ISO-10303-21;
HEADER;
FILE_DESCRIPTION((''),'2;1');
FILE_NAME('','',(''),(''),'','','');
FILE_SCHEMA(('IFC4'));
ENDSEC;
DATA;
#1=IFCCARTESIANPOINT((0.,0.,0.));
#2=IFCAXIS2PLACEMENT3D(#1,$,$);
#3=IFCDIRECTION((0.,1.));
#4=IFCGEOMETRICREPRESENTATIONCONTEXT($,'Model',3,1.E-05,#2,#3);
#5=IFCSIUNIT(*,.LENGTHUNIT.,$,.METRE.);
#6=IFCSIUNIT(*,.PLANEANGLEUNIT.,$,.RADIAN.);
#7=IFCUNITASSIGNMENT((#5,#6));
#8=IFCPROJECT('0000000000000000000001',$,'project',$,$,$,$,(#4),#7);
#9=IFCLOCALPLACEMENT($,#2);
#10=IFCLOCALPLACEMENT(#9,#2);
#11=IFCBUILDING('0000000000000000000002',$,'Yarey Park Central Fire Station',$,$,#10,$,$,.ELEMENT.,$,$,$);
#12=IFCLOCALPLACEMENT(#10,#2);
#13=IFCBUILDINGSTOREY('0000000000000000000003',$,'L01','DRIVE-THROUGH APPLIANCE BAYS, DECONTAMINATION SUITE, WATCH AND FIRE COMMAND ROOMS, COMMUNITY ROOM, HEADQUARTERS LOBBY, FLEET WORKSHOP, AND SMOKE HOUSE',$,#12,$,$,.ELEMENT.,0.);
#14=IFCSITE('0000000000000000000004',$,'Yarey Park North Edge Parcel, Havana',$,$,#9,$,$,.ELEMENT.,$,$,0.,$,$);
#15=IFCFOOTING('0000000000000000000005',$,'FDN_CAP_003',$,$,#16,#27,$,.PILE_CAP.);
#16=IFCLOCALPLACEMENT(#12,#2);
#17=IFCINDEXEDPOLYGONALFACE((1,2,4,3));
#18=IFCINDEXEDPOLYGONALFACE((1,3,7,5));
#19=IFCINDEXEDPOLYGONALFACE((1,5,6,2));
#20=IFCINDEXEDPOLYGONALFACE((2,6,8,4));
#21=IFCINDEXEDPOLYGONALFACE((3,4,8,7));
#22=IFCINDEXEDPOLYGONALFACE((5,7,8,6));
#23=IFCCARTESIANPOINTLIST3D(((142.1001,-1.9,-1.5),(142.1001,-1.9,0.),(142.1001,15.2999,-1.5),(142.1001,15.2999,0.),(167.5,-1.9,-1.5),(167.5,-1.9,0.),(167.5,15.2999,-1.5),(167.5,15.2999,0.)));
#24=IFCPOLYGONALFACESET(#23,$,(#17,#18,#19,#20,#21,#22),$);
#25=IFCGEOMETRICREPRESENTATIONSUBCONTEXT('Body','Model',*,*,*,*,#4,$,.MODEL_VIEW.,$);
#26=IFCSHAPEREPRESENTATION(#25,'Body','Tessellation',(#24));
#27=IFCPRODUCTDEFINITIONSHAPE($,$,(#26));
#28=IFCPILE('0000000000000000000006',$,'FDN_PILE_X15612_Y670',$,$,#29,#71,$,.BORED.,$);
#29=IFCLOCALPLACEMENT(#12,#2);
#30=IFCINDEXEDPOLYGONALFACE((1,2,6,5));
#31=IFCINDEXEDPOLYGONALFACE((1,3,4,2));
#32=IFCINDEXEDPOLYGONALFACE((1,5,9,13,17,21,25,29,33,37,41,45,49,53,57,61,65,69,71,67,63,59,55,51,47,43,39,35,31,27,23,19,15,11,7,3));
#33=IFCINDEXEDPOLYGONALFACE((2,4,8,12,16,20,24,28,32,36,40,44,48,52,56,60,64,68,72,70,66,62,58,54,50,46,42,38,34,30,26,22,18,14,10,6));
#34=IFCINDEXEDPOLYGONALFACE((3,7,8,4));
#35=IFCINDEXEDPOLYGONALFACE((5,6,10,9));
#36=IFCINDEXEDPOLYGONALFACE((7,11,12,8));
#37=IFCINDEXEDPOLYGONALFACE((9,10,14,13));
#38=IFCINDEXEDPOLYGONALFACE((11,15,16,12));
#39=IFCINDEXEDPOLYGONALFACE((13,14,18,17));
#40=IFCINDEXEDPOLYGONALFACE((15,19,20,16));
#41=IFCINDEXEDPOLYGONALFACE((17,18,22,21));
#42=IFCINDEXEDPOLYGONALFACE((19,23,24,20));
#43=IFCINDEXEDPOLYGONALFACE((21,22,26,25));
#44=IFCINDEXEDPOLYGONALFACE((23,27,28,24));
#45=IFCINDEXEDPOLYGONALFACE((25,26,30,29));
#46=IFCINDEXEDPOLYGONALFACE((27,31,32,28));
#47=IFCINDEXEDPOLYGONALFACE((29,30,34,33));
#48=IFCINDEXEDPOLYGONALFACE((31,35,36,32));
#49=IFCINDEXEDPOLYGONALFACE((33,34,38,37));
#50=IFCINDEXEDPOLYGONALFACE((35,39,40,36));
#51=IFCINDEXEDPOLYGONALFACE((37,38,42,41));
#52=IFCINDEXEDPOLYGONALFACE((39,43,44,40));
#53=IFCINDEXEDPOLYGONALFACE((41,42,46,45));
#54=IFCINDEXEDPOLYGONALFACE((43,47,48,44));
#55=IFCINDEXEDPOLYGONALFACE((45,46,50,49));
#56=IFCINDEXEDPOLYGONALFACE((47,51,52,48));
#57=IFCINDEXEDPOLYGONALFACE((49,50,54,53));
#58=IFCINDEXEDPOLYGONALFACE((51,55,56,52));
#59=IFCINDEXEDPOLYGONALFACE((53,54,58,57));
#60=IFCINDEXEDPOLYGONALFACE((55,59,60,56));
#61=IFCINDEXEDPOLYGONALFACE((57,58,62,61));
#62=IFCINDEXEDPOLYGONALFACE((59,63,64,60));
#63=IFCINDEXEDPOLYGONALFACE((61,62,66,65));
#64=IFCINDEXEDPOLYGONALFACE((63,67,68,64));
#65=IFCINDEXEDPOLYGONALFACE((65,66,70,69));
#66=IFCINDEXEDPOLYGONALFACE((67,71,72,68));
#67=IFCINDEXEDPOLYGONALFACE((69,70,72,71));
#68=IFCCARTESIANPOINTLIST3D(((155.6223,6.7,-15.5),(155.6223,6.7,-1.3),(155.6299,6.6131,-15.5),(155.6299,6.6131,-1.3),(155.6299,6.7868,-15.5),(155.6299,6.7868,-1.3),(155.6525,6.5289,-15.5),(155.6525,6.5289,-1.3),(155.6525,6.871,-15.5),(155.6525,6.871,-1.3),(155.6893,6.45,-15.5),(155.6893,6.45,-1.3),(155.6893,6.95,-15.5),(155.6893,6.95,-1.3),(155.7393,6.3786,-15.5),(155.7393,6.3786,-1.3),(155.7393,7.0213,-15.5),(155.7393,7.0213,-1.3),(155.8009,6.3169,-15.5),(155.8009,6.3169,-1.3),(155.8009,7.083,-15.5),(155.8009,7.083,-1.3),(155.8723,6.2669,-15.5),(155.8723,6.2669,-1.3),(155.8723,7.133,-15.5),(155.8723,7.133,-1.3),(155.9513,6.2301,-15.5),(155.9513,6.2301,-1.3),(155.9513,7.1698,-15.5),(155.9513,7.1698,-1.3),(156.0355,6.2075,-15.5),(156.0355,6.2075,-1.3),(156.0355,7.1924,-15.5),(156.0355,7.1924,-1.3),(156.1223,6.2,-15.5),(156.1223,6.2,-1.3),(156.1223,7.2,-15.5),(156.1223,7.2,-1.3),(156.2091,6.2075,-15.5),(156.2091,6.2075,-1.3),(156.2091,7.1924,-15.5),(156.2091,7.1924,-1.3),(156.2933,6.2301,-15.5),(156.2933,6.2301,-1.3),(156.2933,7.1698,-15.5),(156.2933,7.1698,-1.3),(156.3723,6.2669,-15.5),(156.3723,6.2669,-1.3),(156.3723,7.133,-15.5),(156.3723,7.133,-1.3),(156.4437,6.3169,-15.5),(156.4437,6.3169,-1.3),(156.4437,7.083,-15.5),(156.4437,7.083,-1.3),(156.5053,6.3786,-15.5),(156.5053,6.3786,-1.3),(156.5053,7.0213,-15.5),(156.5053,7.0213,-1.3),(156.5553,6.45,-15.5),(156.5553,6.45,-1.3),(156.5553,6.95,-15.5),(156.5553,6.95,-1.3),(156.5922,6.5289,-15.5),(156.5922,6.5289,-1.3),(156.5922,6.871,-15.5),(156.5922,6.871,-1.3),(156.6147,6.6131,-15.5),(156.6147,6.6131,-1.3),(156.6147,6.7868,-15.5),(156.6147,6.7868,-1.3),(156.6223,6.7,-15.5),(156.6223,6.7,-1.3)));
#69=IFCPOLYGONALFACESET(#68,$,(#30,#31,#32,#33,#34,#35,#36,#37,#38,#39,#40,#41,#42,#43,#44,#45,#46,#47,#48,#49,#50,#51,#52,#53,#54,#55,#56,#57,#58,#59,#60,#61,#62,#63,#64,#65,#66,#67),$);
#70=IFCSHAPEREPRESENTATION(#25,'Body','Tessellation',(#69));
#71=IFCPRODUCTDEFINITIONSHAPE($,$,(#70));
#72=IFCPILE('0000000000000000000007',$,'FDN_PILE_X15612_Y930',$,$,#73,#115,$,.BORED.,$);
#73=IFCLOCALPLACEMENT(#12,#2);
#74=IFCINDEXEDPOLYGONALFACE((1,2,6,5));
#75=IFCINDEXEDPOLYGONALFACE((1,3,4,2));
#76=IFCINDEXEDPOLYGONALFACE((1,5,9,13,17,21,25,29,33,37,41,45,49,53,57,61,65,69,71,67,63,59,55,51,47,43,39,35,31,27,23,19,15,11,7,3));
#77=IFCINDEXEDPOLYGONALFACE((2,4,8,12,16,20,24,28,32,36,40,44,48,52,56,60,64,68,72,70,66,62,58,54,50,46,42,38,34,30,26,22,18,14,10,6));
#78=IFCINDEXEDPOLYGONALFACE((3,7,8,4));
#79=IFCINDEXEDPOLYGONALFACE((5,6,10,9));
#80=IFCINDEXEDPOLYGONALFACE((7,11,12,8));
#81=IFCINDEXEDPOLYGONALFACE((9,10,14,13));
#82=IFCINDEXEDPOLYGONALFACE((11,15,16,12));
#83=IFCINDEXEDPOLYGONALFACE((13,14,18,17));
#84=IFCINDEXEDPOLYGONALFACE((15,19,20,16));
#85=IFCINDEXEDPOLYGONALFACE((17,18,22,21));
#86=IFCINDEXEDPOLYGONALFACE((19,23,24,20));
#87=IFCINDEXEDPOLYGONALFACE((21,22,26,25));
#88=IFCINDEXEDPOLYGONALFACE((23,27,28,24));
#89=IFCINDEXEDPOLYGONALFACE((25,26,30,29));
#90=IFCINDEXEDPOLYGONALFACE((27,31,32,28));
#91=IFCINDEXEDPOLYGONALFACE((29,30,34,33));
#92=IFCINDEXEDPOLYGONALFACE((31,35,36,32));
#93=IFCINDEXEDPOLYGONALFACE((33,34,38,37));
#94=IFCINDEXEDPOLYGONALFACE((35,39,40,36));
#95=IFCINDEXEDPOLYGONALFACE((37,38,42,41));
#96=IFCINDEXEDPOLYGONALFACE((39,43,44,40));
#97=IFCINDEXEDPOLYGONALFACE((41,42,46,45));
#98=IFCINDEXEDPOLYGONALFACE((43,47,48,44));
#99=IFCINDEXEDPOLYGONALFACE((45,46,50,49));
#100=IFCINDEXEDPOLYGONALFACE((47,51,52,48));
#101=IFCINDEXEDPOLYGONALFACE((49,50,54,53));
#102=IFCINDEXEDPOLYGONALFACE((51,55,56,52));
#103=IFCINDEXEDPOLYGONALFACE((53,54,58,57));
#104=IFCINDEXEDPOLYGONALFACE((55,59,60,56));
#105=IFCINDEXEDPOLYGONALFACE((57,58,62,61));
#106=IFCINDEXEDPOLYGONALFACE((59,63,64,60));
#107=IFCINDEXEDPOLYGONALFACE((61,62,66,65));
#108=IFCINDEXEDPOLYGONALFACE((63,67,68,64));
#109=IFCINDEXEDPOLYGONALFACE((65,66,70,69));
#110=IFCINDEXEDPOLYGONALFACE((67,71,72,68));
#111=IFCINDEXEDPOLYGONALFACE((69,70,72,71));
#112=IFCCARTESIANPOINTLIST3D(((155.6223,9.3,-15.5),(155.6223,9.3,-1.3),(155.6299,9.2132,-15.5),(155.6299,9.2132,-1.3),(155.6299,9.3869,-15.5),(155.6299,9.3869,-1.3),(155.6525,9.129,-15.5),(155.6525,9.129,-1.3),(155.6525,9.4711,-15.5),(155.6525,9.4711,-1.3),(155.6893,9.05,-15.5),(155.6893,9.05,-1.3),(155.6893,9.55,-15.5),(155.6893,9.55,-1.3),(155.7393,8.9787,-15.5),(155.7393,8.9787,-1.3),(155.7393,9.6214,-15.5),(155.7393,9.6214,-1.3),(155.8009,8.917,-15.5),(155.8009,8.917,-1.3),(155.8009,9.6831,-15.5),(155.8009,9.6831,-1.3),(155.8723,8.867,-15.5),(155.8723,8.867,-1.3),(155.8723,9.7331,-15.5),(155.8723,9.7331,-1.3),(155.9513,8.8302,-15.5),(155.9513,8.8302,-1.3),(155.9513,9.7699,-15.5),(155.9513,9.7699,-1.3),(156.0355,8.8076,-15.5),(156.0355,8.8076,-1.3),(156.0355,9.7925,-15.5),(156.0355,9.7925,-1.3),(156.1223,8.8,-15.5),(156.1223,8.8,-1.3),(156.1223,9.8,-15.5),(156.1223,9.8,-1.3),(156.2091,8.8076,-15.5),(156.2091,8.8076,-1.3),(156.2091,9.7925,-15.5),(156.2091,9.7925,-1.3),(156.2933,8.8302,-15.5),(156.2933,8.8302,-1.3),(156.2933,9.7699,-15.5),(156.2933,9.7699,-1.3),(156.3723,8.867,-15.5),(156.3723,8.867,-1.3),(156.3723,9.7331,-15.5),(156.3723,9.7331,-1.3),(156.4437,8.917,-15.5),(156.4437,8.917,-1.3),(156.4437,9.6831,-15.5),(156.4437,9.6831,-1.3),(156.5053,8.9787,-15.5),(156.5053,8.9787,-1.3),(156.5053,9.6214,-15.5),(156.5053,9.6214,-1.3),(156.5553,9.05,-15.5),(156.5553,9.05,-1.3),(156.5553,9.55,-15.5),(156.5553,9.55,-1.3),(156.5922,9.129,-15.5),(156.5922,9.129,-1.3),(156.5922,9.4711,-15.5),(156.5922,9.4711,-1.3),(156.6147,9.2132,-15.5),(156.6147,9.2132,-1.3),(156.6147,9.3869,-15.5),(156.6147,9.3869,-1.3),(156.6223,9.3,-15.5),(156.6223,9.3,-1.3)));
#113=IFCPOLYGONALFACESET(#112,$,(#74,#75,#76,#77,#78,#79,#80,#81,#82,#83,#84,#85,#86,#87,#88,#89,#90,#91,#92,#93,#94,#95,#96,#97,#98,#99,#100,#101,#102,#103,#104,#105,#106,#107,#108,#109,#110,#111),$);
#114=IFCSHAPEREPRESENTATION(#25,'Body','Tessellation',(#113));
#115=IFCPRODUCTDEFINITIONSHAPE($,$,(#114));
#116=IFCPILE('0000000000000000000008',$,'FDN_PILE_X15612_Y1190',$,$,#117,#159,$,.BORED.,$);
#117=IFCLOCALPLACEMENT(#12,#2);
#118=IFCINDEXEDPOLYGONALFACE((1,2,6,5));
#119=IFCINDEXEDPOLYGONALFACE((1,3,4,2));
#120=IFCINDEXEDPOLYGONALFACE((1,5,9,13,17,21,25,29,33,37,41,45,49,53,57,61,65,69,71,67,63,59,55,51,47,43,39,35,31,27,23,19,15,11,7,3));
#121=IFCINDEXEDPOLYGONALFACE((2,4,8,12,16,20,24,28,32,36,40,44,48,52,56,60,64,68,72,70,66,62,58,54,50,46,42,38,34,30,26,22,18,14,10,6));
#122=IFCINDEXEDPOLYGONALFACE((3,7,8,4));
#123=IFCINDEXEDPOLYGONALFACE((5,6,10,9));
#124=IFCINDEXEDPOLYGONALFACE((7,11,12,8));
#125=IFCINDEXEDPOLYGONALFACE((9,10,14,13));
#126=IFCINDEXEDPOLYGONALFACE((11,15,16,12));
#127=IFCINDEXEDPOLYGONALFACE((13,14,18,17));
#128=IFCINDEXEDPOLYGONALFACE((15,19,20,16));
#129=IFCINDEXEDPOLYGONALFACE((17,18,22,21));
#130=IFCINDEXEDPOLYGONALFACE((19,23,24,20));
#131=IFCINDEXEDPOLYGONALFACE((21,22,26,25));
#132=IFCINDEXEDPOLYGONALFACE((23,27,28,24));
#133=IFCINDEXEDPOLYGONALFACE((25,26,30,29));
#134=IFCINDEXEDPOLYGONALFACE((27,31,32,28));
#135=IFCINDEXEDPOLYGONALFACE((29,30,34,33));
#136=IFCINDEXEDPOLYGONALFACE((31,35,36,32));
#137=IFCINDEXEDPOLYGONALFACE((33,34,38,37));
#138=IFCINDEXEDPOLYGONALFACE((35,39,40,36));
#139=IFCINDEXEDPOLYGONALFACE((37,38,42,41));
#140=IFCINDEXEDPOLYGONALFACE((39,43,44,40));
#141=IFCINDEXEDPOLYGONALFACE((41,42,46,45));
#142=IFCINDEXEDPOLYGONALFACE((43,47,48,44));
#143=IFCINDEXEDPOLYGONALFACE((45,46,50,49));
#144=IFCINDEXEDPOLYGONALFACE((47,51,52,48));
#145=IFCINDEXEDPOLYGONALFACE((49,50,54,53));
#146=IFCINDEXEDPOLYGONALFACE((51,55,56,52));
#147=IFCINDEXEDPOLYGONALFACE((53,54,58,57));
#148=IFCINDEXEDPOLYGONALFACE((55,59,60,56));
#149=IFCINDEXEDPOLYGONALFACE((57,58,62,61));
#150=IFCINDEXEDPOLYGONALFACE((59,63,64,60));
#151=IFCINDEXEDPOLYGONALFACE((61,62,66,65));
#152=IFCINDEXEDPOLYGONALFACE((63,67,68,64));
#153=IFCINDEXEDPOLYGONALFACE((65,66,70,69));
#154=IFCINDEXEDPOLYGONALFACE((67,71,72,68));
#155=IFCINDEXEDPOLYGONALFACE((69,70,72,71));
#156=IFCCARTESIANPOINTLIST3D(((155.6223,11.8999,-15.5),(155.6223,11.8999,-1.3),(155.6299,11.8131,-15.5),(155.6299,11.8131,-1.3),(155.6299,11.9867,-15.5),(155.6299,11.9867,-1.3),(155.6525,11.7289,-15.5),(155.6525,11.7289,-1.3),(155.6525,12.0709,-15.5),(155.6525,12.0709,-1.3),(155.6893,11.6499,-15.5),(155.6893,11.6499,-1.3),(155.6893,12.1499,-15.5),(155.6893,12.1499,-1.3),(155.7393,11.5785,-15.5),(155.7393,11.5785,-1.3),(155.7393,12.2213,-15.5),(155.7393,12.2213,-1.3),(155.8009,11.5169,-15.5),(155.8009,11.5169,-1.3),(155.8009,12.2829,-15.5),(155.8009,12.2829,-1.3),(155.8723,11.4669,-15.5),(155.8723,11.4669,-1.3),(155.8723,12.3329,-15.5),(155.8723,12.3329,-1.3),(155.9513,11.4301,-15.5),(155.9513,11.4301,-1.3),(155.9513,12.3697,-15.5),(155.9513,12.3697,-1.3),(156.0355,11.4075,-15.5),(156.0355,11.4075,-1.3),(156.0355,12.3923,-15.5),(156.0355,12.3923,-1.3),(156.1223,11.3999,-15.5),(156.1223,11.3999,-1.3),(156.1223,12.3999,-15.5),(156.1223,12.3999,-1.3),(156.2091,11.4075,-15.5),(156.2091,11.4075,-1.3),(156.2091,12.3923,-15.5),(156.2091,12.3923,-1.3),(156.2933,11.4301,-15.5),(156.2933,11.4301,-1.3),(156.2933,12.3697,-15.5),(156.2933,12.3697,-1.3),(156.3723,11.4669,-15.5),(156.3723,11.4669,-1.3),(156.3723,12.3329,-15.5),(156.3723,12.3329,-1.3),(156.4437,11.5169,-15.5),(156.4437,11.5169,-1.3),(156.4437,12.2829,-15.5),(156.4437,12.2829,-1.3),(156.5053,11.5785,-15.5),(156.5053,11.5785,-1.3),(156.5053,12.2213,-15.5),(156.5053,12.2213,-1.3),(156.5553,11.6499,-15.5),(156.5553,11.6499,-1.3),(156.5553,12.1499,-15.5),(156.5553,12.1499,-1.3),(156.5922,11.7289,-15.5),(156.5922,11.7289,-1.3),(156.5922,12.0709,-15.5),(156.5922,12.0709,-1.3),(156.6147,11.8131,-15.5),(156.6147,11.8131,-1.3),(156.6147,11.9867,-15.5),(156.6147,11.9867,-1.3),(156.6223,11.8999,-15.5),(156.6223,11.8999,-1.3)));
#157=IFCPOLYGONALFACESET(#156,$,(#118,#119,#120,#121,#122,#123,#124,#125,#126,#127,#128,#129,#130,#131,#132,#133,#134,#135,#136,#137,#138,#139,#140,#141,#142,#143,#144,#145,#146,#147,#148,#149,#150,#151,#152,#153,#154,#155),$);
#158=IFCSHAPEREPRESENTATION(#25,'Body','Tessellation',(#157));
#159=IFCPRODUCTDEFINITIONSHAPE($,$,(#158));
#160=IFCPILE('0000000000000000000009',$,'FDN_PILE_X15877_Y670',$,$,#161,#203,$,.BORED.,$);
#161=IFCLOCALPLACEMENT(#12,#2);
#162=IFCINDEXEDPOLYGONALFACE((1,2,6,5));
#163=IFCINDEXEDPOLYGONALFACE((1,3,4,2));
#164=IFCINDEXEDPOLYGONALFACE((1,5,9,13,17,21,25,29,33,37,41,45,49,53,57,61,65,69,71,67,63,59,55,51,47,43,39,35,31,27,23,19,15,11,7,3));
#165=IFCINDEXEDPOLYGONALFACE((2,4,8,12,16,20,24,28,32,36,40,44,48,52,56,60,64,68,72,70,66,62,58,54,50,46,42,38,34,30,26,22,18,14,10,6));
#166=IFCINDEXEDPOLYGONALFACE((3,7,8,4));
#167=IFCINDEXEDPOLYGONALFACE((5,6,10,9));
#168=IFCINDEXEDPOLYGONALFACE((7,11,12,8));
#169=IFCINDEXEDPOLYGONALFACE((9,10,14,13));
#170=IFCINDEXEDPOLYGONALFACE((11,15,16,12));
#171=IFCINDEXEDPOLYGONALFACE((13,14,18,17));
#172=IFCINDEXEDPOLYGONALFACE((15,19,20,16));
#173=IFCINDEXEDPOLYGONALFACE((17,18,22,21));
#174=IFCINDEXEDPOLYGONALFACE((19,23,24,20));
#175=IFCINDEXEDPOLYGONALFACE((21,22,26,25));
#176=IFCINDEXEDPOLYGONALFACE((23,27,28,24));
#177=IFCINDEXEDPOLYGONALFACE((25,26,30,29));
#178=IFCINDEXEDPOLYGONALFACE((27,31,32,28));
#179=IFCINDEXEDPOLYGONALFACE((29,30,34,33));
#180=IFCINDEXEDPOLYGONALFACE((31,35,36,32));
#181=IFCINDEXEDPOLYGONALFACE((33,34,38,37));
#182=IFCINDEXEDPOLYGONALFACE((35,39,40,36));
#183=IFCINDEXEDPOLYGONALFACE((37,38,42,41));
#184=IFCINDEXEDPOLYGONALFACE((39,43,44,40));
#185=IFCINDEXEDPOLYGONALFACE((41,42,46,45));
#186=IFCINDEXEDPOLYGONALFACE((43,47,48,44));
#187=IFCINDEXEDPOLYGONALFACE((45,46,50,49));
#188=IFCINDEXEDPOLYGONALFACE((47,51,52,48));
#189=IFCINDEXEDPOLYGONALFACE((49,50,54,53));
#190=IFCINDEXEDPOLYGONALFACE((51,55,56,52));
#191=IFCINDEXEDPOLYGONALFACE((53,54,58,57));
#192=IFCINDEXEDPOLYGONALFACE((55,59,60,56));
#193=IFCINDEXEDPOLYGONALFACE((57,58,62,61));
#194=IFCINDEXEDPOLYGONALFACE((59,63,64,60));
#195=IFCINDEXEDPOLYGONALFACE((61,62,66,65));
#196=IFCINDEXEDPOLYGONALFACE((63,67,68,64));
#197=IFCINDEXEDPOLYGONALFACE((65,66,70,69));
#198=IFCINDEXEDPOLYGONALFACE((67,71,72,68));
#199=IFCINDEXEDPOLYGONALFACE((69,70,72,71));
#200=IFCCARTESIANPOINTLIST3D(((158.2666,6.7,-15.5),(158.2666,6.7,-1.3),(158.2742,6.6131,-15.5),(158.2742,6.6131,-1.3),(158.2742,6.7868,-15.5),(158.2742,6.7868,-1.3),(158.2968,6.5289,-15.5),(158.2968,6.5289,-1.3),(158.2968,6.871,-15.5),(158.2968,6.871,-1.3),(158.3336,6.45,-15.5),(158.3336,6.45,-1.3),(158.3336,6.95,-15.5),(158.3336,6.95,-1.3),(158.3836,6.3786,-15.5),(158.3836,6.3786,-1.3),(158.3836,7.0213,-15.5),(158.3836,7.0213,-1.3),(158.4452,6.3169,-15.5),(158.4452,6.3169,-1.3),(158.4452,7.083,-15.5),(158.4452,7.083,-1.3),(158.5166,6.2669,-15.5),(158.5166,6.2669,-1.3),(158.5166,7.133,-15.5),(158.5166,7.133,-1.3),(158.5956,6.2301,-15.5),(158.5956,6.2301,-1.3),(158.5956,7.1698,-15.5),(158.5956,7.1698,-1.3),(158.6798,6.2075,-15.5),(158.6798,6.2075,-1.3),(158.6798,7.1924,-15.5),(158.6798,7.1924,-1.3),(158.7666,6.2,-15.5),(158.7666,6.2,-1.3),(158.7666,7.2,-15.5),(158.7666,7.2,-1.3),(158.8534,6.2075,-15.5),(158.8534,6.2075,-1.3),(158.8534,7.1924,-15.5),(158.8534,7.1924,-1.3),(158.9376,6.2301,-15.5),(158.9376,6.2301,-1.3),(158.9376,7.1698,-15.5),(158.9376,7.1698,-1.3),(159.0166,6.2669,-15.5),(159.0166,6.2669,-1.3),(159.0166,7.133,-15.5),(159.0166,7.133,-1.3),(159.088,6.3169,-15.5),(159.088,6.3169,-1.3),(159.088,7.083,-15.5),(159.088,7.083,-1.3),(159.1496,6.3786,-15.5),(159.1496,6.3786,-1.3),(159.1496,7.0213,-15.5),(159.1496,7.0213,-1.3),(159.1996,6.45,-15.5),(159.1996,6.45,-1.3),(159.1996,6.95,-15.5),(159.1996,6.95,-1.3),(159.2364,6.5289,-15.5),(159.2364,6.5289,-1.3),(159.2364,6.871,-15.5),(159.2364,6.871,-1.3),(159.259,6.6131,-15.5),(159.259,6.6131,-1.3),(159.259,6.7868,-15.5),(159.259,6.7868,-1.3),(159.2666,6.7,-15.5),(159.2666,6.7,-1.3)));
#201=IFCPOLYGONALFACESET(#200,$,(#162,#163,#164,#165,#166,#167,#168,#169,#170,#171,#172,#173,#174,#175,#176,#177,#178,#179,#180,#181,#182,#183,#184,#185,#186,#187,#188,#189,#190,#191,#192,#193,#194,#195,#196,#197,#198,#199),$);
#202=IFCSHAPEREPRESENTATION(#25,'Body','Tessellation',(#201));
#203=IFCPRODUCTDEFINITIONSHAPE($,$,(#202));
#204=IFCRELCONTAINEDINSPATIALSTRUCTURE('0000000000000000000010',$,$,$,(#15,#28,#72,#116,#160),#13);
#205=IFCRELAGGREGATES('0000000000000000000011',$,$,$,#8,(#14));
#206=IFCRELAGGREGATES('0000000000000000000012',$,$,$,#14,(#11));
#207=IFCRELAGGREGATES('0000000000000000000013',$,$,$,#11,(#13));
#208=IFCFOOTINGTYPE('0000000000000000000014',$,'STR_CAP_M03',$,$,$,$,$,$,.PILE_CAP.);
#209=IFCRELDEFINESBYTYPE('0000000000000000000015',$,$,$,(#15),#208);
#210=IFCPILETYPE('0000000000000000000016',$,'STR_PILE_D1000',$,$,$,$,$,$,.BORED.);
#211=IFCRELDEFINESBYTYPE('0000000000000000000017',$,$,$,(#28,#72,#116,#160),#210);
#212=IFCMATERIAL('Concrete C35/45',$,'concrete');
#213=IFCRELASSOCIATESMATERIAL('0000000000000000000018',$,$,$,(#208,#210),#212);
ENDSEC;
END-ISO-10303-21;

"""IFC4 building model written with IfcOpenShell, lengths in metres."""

from ifc_helpers import new_model, si_unit, direction, frame, origin, origin_2d, place, context, subcontext, project, spatial, rectangle, circle, extrude, material, material_profile, profile_set, type_object, element, save


model = new_model("IFC4")

# Units and contexts
model_context = context("Model", 3, precision=1e-05, world=origin(), true_north=direction((0.0, 1.0)))
body_context = subcontext(model_context, "Body", "Model", "MODEL_VIEW")
ifc_project = project(units=[si_unit("LENGTHUNIT", "METRE"), si_unit("PLANEANGLEUNIT", "RADIAN")], contexts=[model_context])

# Site, building, storey
site_placement = place(None, origin())
site = spatial("IfcSite", under=ifc_project, at=site_placement, Name="Yarey Park North Edge Parcel, Havana", CompositionType="ELEMENT", RefElevation=0.0)
building_placement = place(site_placement, origin())
building = spatial("IfcBuilding", under=site, at=building_placement, Name="Yarey Park Central Fire Station", CompositionType="ELEMENT")
storey_placement = place(building_placement, origin())
storey = spatial("IfcBuildingStorey", under=building, at=storey_placement, Name="L01", Description="DRIVE-THROUGH APPLIANCE BAYS, DECONTAMINATION SUITE, WATCH AND FIRE COMMAND ROOMS, COMMUNITY ROOM, HEADQUARTERS LOBBY, FLEET WORKSHOP, AND SMOKE HOUSE", CompositionType="ELEMENT", Elevation=0.0)

# Footing
ifc_material_1 = material(Name="Concrete C35/45", Category="concrete")
footing_type = type_object("IfcFootingType", Name="STR_CAP_M03", PredefinedType="PILE_CAP", material=ifc_material_1)
footing_placement = place(storey_placement, frame((154.8, 6.7, -1.5), z_axis=(0.0, 0.0, 1.0), x_axis=(1.0, 0.0, 0.0)))
element("IfcFooting", 1, at=footing_placement, inside=storey, type_object=footing_type, Name="FDN_CAP_003", PredefinedType="PILE_CAP", context=body_context, shape_type="SweptSolid", body=[
    extrude(rectangle(XDim=25.3999, YDim=17.2, at=origin_2d()), origin(), (0.0, 0.0, 1.0), 1.5),
])

# Piles
ifc_material_profile_1 = material_profile(ifc_material_1, circle(Radius=0.5, at=origin_2d()), Name="BORED PILE D1000")
ifc_profile_set_1 = profile_set([ifc_material_profile_1], Name="Concrete C35/45")
pile_type = type_object("IfcPileType", Name="STR_PILE_D1000", PredefinedType="BORED", material=ifc_profile_set_1)
for number, where, z_axis, x_axis, name in (
    (2, (156.1223, 6.7, -1.3), (0.0, 0.0, -1.0), (1.0, 0.0, 0.0), "FDN_PILE_X15612_Y670"),
    (3, (156.1223, 9.3, -1.3), (0.0, 0.0, -1.0), (1.0, 0.0, 0.0), "FDN_PILE_X15612_Y930"),
    (4, (156.1223, 11.8999, -1.3), (0.0, 0.0, -1.0), (1.0, 0.0, 0.0), "FDN_PILE_X15612_Y1190"),
    (5, (158.7666, 6.7, -1.3), (0.0, 0.0, -1.0), (1.0, 0.0, 0.0), "FDN_PILE_X15877_Y670"),
):
    element("IfcPile", number, at=place(storey_placement, frame(where, z_axis=z_axis, x_axis=x_axis)), inside=storey, type_object=pile_type, Name=name, PredefinedType="BORED", context=body_context, shape_type="SweptSolid", body=[
        extrude(circle(Radius=0.5, at=origin_2d()), origin(), (0.0, 0.0, 1.0), 14.2),
    ])

save(model, "model.ifc")
